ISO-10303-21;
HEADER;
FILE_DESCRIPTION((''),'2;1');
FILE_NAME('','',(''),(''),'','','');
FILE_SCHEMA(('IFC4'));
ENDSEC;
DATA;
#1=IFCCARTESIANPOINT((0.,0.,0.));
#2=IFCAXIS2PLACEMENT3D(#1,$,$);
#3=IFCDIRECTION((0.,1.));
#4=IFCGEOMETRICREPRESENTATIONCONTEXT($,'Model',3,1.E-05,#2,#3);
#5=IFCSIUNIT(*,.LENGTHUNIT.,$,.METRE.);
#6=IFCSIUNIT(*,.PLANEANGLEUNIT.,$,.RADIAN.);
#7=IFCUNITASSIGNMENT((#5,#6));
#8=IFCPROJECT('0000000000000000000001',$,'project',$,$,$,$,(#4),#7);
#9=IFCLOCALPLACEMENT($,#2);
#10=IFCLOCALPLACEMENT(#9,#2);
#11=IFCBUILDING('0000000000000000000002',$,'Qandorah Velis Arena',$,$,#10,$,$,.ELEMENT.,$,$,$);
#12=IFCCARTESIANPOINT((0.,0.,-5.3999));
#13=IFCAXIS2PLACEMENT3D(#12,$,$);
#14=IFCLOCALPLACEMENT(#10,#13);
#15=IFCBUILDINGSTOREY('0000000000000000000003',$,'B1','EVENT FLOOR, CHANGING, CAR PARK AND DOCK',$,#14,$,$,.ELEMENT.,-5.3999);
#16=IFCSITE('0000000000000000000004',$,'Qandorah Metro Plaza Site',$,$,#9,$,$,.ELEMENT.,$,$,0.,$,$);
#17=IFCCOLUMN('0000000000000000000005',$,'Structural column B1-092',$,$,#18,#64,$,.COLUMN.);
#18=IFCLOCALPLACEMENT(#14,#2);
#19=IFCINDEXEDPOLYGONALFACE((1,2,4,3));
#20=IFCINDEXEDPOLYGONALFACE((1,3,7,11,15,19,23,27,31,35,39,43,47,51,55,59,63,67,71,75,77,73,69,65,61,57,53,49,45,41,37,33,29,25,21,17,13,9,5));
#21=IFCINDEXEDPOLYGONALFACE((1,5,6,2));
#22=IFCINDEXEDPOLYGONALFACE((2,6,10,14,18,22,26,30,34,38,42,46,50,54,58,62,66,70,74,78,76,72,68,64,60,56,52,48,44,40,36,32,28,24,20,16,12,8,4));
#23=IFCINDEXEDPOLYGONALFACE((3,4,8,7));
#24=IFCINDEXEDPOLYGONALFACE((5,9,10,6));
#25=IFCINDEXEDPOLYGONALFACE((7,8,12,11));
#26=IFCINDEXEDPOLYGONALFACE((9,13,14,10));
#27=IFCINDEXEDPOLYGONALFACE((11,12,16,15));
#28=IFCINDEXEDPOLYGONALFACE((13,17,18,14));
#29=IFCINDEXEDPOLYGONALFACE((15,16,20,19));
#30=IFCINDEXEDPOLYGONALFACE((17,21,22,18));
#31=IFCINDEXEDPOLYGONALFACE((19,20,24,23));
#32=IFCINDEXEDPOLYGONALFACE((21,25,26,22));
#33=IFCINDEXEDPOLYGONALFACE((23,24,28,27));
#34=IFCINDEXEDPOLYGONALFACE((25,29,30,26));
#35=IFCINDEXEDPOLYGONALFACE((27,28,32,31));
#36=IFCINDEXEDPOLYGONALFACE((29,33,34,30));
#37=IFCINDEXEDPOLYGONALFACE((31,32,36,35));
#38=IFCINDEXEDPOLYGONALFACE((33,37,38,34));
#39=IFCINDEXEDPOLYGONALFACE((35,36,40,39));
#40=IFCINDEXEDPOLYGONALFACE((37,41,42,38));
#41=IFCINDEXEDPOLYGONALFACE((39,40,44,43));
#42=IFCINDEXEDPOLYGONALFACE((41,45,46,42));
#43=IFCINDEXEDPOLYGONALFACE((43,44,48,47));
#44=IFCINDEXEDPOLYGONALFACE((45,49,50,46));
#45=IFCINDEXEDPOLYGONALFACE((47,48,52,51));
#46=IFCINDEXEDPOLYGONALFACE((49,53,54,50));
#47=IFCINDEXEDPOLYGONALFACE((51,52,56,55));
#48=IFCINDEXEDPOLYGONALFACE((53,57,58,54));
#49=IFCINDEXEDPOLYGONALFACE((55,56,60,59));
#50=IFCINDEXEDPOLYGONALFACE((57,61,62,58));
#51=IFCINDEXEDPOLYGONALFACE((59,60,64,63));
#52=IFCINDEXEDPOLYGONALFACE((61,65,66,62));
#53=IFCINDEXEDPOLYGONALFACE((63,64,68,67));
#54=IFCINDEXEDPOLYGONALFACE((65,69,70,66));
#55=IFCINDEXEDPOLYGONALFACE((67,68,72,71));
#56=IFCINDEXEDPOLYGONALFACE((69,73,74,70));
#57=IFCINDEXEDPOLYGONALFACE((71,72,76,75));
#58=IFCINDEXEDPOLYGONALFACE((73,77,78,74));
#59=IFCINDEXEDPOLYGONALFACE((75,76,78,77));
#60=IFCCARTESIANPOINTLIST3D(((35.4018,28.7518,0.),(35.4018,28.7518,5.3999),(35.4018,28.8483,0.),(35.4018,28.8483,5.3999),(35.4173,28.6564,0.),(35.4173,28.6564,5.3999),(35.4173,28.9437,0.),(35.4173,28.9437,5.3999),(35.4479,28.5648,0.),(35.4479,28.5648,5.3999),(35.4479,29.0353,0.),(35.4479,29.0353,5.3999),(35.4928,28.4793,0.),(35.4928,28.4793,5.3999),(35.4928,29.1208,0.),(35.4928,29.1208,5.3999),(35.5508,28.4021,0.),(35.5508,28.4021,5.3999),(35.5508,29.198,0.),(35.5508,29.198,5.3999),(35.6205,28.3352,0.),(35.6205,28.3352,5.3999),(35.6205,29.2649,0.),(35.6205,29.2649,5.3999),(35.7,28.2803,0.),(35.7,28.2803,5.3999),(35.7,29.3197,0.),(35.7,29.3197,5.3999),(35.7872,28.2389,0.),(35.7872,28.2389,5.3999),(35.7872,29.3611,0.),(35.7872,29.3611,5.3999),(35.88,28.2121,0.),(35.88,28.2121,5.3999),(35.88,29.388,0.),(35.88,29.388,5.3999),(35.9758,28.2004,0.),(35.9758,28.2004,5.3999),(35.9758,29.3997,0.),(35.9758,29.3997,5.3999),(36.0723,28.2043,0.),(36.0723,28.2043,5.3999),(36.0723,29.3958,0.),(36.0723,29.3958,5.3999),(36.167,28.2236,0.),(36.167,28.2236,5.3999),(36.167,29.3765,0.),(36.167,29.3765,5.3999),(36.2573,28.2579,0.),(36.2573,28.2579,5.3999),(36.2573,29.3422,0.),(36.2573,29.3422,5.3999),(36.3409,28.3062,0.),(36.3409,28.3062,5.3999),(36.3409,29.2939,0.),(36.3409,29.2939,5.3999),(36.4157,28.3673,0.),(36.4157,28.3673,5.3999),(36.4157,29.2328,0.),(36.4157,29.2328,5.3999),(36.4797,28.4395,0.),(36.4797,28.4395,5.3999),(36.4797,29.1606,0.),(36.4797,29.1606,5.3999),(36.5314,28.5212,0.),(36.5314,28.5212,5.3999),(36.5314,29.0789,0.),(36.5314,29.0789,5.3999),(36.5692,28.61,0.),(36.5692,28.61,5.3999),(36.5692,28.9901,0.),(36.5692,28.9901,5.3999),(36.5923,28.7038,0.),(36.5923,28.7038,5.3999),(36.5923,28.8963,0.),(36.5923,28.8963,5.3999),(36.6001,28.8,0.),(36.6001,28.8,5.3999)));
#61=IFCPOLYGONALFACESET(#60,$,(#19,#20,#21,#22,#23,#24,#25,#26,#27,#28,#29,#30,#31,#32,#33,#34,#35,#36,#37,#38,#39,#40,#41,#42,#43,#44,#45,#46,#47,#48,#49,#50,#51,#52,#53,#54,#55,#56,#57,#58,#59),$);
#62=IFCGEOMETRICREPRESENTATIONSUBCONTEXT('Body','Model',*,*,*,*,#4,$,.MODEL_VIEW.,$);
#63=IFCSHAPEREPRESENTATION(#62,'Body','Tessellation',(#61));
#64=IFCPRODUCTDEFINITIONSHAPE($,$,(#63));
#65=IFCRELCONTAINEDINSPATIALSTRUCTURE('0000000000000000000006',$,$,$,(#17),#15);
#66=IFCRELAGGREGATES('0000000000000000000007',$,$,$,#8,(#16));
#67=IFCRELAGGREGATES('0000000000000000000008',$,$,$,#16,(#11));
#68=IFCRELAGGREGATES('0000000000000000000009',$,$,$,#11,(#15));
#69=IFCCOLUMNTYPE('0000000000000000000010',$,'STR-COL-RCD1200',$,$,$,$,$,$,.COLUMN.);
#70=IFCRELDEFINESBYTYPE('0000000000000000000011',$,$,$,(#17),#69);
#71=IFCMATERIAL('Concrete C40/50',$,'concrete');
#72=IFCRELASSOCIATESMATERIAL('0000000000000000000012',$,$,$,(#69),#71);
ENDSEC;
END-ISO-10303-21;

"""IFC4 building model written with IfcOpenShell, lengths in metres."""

from ifc_helpers import new_model, si_unit, direction, frame, origin, origin_2d, place, context, subcontext, project, spatial, circle, extrude, material, material_profile, profile_set, type_object, element, save


model = new_model("IFC4")

# Units and contexts
model_context = context("Model", 3, precision=1e-05, world=origin(), true_north=direction((0.0, 1.0)))
body_context = subcontext(model_context, "Body", "Model", "MODEL_VIEW")
ifc_project = project(units=[si_unit("LENGTHUNIT", "METRE"), si_unit("PLANEANGLEUNIT", "RADIAN")], contexts=[model_context])

# Site, building, storey
site_placement = place(None, origin())
site = spatial("IfcSite", under=ifc_project, at=site_placement, Name="Qandorah Metro Plaza Site", CompositionType="ELEMENT", RefElevation=0.0)
building_placement = place(site_placement, origin())
building = spatial("IfcBuilding", under=site, at=building_placement, Name="Qandorah Velis Arena", CompositionType="ELEMENT")
storey_placement = place(building_placement, frame((0.0, 0.0, -5.3999)))
storey = spatial("IfcBuildingStorey", under=building, at=storey_placement, Name="B1", Description="EVENT FLOOR, CHANGING, CAR PARK AND DOCK", CompositionType="ELEMENT", Elevation=-5.3999)

# Shared definitions
ifc_material = material(Name="Concrete C40/50", Category="concrete")

# Column
ifc_material_profile_1 = material_profile(ifc_material, circle(Radius=0.6001, at=origin_2d()), Name="RC D1200")
ifc_profile_set_1 = profile_set([ifc_material_profile_1], Name="Concrete C40/50")
column_type_1 = type_object("IfcColumnType", Name="STR-COL-RCD1200", PredefinedType="COLUMN", material=ifc_profile_set_1)
for number, where, z_axis, x_axis, name in (
    (1, (36.0, 28.8, 0.0), (0.0, 0.0, 1.0), (1.0, 0.0, 0.0), "Structural column B1-092"),
):
    element("IfcColumn", number, at=place(storey_placement, frame(where, z_axis=z_axis, x_axis=x_axis)), inside=storey, type_object=column_type_1, Name=name, PredefinedType="COLUMN", context=body_context, shape_type="SweptSolid", body=[
        extrude(circle(Radius=0.6001, at=origin_2d()), origin(), (0.0, 0.0, 1.0), 5.3999),
    ])

save(model, "model.ifc")
